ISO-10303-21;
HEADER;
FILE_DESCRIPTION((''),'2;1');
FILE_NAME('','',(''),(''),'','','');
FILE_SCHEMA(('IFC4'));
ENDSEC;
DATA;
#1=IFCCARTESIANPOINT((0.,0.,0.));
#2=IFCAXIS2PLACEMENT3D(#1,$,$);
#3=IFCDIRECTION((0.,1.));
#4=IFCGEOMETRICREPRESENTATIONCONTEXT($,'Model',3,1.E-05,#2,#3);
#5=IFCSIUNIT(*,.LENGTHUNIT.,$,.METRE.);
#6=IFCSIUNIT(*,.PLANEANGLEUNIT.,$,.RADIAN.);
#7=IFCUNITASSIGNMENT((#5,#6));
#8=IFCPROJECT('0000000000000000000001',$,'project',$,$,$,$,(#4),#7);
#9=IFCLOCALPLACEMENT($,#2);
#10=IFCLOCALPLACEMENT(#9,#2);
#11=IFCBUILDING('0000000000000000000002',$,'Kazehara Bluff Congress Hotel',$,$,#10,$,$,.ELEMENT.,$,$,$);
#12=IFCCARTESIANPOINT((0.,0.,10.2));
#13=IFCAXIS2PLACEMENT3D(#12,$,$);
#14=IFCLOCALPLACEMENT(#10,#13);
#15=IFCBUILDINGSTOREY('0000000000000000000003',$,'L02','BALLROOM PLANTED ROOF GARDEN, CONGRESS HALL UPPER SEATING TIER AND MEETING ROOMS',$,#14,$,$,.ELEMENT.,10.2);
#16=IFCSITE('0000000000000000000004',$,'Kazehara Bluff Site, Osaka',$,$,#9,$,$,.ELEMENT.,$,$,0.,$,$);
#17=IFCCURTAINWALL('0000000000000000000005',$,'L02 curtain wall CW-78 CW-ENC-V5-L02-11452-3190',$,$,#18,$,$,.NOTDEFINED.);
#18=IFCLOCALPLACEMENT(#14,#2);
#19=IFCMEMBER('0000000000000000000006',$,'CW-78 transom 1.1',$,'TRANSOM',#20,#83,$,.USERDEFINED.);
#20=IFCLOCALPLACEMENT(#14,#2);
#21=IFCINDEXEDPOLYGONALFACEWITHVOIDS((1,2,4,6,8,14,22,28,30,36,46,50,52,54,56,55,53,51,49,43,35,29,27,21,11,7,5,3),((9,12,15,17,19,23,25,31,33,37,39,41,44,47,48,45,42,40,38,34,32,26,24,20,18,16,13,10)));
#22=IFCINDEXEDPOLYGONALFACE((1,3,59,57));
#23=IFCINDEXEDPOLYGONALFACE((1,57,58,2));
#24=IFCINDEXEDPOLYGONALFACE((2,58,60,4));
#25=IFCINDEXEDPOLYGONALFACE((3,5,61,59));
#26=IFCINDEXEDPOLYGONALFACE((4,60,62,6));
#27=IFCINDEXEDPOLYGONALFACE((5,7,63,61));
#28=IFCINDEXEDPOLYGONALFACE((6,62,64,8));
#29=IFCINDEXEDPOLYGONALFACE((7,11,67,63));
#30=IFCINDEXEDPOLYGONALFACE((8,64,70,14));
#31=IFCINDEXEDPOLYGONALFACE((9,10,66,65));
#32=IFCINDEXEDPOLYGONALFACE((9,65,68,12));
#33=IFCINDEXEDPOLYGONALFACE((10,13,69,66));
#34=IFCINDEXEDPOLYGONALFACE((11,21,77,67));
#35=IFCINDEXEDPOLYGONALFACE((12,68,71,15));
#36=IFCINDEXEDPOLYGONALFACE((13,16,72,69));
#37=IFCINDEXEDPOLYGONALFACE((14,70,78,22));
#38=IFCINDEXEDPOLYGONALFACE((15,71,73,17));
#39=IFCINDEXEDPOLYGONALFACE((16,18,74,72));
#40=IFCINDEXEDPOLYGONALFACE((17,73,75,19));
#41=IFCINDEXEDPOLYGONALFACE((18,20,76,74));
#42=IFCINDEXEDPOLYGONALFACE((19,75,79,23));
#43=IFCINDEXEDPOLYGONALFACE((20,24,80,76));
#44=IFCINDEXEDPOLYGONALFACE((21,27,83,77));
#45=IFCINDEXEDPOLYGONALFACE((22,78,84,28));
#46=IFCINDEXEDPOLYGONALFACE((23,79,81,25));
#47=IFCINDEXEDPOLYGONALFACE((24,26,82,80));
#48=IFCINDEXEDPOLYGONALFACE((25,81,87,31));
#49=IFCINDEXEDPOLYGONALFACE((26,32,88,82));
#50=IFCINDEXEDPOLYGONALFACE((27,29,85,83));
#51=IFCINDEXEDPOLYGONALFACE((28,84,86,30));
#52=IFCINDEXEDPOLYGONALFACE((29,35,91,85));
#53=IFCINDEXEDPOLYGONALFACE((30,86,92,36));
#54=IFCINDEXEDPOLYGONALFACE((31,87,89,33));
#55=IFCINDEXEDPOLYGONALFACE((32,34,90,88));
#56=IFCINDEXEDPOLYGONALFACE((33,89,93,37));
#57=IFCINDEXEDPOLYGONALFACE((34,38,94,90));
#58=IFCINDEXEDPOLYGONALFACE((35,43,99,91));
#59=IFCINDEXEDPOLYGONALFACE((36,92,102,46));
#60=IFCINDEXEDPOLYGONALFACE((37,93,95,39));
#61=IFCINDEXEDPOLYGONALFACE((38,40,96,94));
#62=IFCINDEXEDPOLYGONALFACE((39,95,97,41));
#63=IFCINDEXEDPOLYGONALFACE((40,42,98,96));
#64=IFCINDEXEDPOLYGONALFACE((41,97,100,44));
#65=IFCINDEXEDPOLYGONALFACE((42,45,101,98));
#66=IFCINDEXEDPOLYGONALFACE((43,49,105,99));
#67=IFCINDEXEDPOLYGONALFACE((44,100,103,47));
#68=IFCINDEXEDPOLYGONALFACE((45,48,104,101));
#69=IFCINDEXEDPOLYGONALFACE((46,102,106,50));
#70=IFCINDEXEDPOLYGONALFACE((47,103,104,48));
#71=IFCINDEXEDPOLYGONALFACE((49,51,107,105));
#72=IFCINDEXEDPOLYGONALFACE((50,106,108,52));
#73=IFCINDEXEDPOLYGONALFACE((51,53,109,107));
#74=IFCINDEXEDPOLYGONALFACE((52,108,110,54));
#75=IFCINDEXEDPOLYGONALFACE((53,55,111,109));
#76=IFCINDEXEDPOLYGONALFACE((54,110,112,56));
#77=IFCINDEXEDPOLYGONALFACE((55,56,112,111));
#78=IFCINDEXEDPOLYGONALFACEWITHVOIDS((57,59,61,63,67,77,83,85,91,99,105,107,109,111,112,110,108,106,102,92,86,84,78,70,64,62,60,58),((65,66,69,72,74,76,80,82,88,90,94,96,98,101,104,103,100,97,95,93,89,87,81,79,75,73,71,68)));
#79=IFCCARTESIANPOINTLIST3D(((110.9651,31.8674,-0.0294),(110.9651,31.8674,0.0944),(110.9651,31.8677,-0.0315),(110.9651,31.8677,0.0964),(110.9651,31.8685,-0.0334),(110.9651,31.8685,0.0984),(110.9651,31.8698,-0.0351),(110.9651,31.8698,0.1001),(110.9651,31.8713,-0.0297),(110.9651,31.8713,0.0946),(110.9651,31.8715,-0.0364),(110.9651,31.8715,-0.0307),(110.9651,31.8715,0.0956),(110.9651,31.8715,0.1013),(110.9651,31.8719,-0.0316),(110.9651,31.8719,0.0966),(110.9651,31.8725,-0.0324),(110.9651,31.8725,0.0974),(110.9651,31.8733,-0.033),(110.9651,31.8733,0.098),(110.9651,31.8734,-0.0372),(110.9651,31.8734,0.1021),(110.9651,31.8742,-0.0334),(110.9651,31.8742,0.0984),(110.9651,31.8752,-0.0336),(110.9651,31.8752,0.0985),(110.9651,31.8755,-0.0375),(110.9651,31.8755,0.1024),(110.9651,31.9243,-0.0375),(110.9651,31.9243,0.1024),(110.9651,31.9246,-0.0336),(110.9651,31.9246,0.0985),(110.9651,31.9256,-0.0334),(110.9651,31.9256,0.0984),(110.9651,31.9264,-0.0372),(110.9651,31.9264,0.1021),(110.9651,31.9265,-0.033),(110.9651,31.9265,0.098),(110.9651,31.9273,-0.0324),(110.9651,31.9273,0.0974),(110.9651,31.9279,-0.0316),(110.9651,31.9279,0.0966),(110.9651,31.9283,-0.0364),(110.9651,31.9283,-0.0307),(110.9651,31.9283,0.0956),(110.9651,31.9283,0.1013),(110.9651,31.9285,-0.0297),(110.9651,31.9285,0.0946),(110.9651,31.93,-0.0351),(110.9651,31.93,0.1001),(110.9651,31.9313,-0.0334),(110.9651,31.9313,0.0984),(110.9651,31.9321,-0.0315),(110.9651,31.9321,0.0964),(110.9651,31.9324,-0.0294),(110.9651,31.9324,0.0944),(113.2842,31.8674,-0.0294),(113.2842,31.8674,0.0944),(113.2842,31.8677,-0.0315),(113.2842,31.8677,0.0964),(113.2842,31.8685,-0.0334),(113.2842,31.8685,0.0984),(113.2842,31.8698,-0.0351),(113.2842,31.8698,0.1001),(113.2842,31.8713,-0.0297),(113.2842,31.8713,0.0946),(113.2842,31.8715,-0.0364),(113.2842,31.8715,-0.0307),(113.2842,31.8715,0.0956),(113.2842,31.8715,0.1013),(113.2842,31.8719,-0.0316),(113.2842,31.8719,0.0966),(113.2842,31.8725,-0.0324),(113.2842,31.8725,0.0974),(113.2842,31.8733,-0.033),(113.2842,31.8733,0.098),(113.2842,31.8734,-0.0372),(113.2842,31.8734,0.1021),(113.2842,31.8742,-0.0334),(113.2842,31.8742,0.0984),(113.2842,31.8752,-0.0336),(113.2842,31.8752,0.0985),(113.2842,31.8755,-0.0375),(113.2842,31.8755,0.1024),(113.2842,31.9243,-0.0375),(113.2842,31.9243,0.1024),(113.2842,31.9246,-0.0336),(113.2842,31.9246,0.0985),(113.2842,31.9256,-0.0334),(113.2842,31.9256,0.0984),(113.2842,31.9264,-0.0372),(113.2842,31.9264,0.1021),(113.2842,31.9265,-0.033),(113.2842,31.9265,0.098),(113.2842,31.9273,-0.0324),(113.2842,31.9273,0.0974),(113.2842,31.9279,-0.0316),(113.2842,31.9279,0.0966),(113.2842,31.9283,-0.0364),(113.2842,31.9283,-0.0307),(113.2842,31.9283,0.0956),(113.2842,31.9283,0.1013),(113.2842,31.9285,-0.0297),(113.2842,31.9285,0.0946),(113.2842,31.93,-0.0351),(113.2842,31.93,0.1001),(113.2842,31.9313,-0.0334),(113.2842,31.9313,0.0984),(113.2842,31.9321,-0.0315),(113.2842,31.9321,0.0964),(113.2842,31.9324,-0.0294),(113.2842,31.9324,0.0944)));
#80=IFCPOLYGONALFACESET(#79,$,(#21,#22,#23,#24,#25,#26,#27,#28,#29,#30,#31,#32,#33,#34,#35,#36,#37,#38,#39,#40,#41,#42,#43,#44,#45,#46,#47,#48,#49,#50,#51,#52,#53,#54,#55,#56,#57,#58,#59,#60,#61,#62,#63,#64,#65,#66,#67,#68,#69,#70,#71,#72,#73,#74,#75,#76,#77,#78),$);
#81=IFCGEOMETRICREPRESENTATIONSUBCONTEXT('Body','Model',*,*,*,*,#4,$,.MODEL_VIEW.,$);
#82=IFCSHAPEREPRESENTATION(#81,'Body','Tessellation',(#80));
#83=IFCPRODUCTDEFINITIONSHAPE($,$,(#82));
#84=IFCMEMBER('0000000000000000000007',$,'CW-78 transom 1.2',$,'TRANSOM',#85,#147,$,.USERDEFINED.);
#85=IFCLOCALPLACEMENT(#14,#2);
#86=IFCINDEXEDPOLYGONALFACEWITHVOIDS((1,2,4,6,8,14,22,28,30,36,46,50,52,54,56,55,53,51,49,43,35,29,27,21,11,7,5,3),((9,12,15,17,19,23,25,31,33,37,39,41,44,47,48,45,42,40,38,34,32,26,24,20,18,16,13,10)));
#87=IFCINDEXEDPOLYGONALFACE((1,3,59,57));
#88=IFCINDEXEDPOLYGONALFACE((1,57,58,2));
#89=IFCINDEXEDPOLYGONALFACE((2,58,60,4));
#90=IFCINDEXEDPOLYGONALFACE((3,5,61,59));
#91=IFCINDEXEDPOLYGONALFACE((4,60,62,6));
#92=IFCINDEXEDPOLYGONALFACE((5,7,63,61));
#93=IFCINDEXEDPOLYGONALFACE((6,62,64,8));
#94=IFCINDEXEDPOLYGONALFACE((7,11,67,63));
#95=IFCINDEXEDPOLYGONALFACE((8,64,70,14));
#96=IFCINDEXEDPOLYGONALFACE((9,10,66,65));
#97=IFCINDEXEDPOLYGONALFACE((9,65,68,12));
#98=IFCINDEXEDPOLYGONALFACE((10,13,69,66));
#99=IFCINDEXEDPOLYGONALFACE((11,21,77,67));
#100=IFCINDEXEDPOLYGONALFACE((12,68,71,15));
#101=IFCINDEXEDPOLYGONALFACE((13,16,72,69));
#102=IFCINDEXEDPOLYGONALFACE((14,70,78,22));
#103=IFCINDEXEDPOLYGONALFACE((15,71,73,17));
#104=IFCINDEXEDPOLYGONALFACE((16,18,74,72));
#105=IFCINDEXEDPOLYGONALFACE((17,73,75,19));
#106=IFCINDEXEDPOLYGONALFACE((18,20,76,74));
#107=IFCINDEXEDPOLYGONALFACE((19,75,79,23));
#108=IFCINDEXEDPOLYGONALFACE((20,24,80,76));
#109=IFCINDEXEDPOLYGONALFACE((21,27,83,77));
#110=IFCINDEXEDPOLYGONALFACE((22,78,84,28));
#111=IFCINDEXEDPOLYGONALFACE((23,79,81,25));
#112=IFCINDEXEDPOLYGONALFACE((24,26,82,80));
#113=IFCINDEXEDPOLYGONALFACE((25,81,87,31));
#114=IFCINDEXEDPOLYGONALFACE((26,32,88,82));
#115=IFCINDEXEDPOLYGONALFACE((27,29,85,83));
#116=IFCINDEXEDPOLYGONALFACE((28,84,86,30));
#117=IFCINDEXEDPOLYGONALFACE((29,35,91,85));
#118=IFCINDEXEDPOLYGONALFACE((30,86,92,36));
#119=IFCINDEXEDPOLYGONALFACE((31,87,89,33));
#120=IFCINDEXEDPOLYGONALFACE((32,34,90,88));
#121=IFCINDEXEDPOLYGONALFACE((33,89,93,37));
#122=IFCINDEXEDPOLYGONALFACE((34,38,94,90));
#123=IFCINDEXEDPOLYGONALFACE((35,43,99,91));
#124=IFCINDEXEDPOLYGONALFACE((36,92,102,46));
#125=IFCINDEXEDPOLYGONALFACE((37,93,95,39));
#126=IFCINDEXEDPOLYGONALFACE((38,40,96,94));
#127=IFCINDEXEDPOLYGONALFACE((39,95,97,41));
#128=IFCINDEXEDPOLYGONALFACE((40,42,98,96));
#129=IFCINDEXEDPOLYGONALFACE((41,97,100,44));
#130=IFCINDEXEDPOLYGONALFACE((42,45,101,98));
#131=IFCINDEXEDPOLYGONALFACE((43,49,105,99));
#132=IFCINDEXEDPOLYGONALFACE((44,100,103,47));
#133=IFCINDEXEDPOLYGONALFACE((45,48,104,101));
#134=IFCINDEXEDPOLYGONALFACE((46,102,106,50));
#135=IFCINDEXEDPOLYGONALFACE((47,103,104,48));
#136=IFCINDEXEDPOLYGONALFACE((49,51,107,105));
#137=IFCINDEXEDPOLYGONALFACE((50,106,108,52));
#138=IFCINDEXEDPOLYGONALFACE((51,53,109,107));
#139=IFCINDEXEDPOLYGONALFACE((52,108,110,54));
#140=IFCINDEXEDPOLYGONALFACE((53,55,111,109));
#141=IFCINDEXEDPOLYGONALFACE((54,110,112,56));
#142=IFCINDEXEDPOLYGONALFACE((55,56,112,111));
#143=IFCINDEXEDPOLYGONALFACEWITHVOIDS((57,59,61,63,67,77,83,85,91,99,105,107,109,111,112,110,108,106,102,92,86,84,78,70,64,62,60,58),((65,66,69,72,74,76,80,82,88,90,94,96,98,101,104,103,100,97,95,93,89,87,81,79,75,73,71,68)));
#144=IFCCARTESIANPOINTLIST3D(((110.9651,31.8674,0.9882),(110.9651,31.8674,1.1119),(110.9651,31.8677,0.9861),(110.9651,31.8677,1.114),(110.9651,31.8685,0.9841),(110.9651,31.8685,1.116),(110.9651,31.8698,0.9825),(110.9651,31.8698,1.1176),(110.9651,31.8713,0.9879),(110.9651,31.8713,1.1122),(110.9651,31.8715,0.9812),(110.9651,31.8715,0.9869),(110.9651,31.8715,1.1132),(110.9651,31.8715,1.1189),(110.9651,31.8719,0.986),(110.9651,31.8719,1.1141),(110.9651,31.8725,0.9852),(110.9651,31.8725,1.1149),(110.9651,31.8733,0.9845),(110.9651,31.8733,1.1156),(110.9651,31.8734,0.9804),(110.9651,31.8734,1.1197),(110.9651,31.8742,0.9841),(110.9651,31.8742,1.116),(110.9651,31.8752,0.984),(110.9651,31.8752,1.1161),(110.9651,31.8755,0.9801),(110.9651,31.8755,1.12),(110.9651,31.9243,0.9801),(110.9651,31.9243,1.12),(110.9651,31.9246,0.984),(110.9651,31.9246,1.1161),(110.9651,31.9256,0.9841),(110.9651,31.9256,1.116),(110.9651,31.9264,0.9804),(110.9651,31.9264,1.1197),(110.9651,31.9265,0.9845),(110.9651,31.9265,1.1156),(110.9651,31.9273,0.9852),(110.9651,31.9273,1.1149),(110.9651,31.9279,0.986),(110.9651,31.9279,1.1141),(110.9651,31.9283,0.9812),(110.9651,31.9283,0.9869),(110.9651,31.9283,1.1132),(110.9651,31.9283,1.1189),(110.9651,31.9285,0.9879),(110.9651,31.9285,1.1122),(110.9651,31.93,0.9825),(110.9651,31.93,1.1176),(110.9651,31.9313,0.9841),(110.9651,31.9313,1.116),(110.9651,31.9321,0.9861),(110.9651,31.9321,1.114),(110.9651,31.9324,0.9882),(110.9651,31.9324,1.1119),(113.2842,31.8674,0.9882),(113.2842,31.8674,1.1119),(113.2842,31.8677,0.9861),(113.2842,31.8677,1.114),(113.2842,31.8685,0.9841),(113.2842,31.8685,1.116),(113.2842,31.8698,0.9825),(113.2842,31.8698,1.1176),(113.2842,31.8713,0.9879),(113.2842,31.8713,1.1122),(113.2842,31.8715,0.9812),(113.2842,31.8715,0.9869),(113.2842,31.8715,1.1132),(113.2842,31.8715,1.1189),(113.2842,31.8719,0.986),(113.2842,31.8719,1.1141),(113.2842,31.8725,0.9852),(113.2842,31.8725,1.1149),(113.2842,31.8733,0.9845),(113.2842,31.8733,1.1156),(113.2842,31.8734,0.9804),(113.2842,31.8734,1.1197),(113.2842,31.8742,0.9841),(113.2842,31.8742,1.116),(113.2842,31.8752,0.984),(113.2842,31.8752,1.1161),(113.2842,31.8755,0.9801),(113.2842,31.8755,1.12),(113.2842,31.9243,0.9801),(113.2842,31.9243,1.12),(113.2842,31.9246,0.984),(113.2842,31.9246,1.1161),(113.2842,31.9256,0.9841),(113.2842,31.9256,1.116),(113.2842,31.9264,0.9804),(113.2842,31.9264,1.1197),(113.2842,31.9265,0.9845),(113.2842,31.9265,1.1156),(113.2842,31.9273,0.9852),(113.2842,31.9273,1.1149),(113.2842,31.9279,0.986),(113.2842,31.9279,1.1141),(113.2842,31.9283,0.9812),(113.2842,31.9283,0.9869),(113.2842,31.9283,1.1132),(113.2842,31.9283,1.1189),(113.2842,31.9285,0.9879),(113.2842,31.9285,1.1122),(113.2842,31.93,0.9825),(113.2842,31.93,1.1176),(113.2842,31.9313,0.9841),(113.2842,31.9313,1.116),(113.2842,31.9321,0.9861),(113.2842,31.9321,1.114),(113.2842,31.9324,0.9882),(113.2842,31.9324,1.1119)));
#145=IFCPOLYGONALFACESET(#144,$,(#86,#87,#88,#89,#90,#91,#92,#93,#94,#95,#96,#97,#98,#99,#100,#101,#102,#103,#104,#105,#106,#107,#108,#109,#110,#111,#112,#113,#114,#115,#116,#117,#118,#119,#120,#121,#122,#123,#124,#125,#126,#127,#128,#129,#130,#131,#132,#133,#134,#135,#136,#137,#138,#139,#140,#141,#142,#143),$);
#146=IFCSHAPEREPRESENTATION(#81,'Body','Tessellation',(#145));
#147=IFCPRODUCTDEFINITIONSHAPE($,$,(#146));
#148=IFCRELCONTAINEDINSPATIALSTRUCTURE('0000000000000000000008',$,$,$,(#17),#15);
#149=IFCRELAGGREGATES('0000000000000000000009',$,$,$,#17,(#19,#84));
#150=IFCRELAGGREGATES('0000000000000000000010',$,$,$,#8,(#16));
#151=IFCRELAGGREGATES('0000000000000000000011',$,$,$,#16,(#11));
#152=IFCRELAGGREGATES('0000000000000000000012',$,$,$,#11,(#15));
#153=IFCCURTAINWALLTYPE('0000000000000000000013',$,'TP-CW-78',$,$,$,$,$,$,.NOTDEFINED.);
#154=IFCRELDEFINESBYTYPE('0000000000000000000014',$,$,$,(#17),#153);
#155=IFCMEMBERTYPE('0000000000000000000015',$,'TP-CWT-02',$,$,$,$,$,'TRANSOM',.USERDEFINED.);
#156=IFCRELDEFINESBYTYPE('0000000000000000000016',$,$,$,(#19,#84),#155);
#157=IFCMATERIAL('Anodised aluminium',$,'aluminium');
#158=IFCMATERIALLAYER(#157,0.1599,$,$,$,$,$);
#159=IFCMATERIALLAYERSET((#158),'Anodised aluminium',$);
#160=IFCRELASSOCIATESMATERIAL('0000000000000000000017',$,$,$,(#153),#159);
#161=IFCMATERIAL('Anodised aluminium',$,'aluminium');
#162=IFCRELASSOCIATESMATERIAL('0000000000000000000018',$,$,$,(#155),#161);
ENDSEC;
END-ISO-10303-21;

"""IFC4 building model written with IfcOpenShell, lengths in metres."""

from ifc_helpers import new_model, si_unit, direction, frame, origin, origin_2d, place, context, subcontext, project, spatial, hollow_rectangle, extrude, material, layer, layer_set, material_profile, profile_set, type_object, element, aggregate, save


model = new_model("IFC4")

# Units and contexts
model_context = context("Model", 3, precision=1e-05, world=origin(), true_north=direction((0.0, 1.0)))
body_context = subcontext(model_context, "Body", "Model", "MODEL_VIEW")
ifc_project = project(units=[si_unit("LENGTHUNIT", "METRE"), si_unit("PLANEANGLEUNIT", "RADIAN")], contexts=[model_context])

# Site, building, storey
site_placement = place(None, origin())
site = spatial("IfcSite", under=ifc_project, at=site_placement, Name="Kazehara Bluff Site, Osaka", CompositionType="ELEMENT", RefElevation=0.0)
building_placement = place(site_placement, origin())
building = spatial("IfcBuilding", under=site, at=building_placement, Name="Kazehara Bluff Congress Hotel", CompositionType="ELEMENT")
storey_placement = place(building_placement, frame((0.0, 0.0, 10.2)))
storey = spatial("IfcBuildingStorey", under=building, at=storey_placement, Name="L02", Description="BALLROOM PLANTED ROOF GARDEN, CONGRESS HALL UPPER SEATING TIER AND MEETING ROOMS", CompositionType="ELEMENT", Elevation=10.2)

# Curtain wall, members
ifc_material_1 = material(Name="Anodised aluminium", Category="aluminium")
ifc_layer_1 = layer(ifc_material_1, 0.1599)
ifc_layer_set_1 = layer_set([ifc_layer_1], Name="Anodised aluminium")
curtain_wall_type = type_object("IfcCurtainWallType", Name="TP-CW-78", PredefinedType="NOTDEFINED", material=ifc_layer_set_1)
curtain_wall_placement = place(storey_placement, origin())
curtain_wall = element("IfcCurtainWall", 1, at=curtain_wall_placement, inside=storey, type_object=curtain_wall_type, Name="L02 curtain wall CW-78 CW-ENC-V5-L02-11452-3190", PredefinedType="NOTDEFINED")
ifc_material_2 = material(Name="Anodised aluminium", Category="aluminium")
ifc_material_profile_1 = material_profile(ifc_material_2, hollow_rectangle(XDim=0.0649, YDim=0.1399, WallThickness=0.0039, InnerFilletRadius=0.0039, OuterFilletRadius=0.0081, at=origin_2d()))
ifc_profile_set_1 = profile_set([ifc_material_profile_1], Name="Anodised aluminium")
member_type_1 = type_object("IfcMemberType", Name="TP-CWT-02", ElementType="TRANSOM", PredefinedType="USERDEFINED", material=ifc_profile_set_1)
member_1_placement = place(storey_placement, frame((110.9651, 31.8999, 0.0325), z_axis=(1.0, 0.0, 0.0), x_axis=(0.0, 1.0, 0.0)))
member_1 = element("IfcMember", 2, at=member_1_placement, type_object=member_type_1, Name="CW-78 transom 1.1", ObjectType="TRANSOM", PredefinedType="USERDEFINED", context=body_context, shape_type="SweptSolid", body=[
    extrude(hollow_rectangle(XDim=0.0649, YDim=0.1399, WallThickness=0.0039, InnerFilletRadius=0.0039, OuterFilletRadius=0.0081, at=origin_2d()), origin(), (0.0, 0.0, 1.0), 2.3191),
])
member_2_placement = place(storey_placement, frame((110.9651, 31.8999, 1.05), z_axis=(1.0, 0.0, 0.0), x_axis=(0.0, 1.0, 0.0)))
member_2 = element("IfcMember", 3, at=member_2_placement, type_object=member_type_1, Name="CW-78 transom 1.2", ObjectType="TRANSOM", PredefinedType="USERDEFINED", context=body_context, shape_type="SweptSolid", body=[
    extrude(hollow_rectangle(XDim=0.0649, YDim=0.1399, WallThickness=0.0039, InnerFilletRadius=0.0039, OuterFilletRadius=0.0081, at=origin_2d()), origin(), (0.0, 0.0, 1.0), 2.3191),
])

aggregate(curtain_wall, [member_1, member_2])

save(model, "model.ifc")
